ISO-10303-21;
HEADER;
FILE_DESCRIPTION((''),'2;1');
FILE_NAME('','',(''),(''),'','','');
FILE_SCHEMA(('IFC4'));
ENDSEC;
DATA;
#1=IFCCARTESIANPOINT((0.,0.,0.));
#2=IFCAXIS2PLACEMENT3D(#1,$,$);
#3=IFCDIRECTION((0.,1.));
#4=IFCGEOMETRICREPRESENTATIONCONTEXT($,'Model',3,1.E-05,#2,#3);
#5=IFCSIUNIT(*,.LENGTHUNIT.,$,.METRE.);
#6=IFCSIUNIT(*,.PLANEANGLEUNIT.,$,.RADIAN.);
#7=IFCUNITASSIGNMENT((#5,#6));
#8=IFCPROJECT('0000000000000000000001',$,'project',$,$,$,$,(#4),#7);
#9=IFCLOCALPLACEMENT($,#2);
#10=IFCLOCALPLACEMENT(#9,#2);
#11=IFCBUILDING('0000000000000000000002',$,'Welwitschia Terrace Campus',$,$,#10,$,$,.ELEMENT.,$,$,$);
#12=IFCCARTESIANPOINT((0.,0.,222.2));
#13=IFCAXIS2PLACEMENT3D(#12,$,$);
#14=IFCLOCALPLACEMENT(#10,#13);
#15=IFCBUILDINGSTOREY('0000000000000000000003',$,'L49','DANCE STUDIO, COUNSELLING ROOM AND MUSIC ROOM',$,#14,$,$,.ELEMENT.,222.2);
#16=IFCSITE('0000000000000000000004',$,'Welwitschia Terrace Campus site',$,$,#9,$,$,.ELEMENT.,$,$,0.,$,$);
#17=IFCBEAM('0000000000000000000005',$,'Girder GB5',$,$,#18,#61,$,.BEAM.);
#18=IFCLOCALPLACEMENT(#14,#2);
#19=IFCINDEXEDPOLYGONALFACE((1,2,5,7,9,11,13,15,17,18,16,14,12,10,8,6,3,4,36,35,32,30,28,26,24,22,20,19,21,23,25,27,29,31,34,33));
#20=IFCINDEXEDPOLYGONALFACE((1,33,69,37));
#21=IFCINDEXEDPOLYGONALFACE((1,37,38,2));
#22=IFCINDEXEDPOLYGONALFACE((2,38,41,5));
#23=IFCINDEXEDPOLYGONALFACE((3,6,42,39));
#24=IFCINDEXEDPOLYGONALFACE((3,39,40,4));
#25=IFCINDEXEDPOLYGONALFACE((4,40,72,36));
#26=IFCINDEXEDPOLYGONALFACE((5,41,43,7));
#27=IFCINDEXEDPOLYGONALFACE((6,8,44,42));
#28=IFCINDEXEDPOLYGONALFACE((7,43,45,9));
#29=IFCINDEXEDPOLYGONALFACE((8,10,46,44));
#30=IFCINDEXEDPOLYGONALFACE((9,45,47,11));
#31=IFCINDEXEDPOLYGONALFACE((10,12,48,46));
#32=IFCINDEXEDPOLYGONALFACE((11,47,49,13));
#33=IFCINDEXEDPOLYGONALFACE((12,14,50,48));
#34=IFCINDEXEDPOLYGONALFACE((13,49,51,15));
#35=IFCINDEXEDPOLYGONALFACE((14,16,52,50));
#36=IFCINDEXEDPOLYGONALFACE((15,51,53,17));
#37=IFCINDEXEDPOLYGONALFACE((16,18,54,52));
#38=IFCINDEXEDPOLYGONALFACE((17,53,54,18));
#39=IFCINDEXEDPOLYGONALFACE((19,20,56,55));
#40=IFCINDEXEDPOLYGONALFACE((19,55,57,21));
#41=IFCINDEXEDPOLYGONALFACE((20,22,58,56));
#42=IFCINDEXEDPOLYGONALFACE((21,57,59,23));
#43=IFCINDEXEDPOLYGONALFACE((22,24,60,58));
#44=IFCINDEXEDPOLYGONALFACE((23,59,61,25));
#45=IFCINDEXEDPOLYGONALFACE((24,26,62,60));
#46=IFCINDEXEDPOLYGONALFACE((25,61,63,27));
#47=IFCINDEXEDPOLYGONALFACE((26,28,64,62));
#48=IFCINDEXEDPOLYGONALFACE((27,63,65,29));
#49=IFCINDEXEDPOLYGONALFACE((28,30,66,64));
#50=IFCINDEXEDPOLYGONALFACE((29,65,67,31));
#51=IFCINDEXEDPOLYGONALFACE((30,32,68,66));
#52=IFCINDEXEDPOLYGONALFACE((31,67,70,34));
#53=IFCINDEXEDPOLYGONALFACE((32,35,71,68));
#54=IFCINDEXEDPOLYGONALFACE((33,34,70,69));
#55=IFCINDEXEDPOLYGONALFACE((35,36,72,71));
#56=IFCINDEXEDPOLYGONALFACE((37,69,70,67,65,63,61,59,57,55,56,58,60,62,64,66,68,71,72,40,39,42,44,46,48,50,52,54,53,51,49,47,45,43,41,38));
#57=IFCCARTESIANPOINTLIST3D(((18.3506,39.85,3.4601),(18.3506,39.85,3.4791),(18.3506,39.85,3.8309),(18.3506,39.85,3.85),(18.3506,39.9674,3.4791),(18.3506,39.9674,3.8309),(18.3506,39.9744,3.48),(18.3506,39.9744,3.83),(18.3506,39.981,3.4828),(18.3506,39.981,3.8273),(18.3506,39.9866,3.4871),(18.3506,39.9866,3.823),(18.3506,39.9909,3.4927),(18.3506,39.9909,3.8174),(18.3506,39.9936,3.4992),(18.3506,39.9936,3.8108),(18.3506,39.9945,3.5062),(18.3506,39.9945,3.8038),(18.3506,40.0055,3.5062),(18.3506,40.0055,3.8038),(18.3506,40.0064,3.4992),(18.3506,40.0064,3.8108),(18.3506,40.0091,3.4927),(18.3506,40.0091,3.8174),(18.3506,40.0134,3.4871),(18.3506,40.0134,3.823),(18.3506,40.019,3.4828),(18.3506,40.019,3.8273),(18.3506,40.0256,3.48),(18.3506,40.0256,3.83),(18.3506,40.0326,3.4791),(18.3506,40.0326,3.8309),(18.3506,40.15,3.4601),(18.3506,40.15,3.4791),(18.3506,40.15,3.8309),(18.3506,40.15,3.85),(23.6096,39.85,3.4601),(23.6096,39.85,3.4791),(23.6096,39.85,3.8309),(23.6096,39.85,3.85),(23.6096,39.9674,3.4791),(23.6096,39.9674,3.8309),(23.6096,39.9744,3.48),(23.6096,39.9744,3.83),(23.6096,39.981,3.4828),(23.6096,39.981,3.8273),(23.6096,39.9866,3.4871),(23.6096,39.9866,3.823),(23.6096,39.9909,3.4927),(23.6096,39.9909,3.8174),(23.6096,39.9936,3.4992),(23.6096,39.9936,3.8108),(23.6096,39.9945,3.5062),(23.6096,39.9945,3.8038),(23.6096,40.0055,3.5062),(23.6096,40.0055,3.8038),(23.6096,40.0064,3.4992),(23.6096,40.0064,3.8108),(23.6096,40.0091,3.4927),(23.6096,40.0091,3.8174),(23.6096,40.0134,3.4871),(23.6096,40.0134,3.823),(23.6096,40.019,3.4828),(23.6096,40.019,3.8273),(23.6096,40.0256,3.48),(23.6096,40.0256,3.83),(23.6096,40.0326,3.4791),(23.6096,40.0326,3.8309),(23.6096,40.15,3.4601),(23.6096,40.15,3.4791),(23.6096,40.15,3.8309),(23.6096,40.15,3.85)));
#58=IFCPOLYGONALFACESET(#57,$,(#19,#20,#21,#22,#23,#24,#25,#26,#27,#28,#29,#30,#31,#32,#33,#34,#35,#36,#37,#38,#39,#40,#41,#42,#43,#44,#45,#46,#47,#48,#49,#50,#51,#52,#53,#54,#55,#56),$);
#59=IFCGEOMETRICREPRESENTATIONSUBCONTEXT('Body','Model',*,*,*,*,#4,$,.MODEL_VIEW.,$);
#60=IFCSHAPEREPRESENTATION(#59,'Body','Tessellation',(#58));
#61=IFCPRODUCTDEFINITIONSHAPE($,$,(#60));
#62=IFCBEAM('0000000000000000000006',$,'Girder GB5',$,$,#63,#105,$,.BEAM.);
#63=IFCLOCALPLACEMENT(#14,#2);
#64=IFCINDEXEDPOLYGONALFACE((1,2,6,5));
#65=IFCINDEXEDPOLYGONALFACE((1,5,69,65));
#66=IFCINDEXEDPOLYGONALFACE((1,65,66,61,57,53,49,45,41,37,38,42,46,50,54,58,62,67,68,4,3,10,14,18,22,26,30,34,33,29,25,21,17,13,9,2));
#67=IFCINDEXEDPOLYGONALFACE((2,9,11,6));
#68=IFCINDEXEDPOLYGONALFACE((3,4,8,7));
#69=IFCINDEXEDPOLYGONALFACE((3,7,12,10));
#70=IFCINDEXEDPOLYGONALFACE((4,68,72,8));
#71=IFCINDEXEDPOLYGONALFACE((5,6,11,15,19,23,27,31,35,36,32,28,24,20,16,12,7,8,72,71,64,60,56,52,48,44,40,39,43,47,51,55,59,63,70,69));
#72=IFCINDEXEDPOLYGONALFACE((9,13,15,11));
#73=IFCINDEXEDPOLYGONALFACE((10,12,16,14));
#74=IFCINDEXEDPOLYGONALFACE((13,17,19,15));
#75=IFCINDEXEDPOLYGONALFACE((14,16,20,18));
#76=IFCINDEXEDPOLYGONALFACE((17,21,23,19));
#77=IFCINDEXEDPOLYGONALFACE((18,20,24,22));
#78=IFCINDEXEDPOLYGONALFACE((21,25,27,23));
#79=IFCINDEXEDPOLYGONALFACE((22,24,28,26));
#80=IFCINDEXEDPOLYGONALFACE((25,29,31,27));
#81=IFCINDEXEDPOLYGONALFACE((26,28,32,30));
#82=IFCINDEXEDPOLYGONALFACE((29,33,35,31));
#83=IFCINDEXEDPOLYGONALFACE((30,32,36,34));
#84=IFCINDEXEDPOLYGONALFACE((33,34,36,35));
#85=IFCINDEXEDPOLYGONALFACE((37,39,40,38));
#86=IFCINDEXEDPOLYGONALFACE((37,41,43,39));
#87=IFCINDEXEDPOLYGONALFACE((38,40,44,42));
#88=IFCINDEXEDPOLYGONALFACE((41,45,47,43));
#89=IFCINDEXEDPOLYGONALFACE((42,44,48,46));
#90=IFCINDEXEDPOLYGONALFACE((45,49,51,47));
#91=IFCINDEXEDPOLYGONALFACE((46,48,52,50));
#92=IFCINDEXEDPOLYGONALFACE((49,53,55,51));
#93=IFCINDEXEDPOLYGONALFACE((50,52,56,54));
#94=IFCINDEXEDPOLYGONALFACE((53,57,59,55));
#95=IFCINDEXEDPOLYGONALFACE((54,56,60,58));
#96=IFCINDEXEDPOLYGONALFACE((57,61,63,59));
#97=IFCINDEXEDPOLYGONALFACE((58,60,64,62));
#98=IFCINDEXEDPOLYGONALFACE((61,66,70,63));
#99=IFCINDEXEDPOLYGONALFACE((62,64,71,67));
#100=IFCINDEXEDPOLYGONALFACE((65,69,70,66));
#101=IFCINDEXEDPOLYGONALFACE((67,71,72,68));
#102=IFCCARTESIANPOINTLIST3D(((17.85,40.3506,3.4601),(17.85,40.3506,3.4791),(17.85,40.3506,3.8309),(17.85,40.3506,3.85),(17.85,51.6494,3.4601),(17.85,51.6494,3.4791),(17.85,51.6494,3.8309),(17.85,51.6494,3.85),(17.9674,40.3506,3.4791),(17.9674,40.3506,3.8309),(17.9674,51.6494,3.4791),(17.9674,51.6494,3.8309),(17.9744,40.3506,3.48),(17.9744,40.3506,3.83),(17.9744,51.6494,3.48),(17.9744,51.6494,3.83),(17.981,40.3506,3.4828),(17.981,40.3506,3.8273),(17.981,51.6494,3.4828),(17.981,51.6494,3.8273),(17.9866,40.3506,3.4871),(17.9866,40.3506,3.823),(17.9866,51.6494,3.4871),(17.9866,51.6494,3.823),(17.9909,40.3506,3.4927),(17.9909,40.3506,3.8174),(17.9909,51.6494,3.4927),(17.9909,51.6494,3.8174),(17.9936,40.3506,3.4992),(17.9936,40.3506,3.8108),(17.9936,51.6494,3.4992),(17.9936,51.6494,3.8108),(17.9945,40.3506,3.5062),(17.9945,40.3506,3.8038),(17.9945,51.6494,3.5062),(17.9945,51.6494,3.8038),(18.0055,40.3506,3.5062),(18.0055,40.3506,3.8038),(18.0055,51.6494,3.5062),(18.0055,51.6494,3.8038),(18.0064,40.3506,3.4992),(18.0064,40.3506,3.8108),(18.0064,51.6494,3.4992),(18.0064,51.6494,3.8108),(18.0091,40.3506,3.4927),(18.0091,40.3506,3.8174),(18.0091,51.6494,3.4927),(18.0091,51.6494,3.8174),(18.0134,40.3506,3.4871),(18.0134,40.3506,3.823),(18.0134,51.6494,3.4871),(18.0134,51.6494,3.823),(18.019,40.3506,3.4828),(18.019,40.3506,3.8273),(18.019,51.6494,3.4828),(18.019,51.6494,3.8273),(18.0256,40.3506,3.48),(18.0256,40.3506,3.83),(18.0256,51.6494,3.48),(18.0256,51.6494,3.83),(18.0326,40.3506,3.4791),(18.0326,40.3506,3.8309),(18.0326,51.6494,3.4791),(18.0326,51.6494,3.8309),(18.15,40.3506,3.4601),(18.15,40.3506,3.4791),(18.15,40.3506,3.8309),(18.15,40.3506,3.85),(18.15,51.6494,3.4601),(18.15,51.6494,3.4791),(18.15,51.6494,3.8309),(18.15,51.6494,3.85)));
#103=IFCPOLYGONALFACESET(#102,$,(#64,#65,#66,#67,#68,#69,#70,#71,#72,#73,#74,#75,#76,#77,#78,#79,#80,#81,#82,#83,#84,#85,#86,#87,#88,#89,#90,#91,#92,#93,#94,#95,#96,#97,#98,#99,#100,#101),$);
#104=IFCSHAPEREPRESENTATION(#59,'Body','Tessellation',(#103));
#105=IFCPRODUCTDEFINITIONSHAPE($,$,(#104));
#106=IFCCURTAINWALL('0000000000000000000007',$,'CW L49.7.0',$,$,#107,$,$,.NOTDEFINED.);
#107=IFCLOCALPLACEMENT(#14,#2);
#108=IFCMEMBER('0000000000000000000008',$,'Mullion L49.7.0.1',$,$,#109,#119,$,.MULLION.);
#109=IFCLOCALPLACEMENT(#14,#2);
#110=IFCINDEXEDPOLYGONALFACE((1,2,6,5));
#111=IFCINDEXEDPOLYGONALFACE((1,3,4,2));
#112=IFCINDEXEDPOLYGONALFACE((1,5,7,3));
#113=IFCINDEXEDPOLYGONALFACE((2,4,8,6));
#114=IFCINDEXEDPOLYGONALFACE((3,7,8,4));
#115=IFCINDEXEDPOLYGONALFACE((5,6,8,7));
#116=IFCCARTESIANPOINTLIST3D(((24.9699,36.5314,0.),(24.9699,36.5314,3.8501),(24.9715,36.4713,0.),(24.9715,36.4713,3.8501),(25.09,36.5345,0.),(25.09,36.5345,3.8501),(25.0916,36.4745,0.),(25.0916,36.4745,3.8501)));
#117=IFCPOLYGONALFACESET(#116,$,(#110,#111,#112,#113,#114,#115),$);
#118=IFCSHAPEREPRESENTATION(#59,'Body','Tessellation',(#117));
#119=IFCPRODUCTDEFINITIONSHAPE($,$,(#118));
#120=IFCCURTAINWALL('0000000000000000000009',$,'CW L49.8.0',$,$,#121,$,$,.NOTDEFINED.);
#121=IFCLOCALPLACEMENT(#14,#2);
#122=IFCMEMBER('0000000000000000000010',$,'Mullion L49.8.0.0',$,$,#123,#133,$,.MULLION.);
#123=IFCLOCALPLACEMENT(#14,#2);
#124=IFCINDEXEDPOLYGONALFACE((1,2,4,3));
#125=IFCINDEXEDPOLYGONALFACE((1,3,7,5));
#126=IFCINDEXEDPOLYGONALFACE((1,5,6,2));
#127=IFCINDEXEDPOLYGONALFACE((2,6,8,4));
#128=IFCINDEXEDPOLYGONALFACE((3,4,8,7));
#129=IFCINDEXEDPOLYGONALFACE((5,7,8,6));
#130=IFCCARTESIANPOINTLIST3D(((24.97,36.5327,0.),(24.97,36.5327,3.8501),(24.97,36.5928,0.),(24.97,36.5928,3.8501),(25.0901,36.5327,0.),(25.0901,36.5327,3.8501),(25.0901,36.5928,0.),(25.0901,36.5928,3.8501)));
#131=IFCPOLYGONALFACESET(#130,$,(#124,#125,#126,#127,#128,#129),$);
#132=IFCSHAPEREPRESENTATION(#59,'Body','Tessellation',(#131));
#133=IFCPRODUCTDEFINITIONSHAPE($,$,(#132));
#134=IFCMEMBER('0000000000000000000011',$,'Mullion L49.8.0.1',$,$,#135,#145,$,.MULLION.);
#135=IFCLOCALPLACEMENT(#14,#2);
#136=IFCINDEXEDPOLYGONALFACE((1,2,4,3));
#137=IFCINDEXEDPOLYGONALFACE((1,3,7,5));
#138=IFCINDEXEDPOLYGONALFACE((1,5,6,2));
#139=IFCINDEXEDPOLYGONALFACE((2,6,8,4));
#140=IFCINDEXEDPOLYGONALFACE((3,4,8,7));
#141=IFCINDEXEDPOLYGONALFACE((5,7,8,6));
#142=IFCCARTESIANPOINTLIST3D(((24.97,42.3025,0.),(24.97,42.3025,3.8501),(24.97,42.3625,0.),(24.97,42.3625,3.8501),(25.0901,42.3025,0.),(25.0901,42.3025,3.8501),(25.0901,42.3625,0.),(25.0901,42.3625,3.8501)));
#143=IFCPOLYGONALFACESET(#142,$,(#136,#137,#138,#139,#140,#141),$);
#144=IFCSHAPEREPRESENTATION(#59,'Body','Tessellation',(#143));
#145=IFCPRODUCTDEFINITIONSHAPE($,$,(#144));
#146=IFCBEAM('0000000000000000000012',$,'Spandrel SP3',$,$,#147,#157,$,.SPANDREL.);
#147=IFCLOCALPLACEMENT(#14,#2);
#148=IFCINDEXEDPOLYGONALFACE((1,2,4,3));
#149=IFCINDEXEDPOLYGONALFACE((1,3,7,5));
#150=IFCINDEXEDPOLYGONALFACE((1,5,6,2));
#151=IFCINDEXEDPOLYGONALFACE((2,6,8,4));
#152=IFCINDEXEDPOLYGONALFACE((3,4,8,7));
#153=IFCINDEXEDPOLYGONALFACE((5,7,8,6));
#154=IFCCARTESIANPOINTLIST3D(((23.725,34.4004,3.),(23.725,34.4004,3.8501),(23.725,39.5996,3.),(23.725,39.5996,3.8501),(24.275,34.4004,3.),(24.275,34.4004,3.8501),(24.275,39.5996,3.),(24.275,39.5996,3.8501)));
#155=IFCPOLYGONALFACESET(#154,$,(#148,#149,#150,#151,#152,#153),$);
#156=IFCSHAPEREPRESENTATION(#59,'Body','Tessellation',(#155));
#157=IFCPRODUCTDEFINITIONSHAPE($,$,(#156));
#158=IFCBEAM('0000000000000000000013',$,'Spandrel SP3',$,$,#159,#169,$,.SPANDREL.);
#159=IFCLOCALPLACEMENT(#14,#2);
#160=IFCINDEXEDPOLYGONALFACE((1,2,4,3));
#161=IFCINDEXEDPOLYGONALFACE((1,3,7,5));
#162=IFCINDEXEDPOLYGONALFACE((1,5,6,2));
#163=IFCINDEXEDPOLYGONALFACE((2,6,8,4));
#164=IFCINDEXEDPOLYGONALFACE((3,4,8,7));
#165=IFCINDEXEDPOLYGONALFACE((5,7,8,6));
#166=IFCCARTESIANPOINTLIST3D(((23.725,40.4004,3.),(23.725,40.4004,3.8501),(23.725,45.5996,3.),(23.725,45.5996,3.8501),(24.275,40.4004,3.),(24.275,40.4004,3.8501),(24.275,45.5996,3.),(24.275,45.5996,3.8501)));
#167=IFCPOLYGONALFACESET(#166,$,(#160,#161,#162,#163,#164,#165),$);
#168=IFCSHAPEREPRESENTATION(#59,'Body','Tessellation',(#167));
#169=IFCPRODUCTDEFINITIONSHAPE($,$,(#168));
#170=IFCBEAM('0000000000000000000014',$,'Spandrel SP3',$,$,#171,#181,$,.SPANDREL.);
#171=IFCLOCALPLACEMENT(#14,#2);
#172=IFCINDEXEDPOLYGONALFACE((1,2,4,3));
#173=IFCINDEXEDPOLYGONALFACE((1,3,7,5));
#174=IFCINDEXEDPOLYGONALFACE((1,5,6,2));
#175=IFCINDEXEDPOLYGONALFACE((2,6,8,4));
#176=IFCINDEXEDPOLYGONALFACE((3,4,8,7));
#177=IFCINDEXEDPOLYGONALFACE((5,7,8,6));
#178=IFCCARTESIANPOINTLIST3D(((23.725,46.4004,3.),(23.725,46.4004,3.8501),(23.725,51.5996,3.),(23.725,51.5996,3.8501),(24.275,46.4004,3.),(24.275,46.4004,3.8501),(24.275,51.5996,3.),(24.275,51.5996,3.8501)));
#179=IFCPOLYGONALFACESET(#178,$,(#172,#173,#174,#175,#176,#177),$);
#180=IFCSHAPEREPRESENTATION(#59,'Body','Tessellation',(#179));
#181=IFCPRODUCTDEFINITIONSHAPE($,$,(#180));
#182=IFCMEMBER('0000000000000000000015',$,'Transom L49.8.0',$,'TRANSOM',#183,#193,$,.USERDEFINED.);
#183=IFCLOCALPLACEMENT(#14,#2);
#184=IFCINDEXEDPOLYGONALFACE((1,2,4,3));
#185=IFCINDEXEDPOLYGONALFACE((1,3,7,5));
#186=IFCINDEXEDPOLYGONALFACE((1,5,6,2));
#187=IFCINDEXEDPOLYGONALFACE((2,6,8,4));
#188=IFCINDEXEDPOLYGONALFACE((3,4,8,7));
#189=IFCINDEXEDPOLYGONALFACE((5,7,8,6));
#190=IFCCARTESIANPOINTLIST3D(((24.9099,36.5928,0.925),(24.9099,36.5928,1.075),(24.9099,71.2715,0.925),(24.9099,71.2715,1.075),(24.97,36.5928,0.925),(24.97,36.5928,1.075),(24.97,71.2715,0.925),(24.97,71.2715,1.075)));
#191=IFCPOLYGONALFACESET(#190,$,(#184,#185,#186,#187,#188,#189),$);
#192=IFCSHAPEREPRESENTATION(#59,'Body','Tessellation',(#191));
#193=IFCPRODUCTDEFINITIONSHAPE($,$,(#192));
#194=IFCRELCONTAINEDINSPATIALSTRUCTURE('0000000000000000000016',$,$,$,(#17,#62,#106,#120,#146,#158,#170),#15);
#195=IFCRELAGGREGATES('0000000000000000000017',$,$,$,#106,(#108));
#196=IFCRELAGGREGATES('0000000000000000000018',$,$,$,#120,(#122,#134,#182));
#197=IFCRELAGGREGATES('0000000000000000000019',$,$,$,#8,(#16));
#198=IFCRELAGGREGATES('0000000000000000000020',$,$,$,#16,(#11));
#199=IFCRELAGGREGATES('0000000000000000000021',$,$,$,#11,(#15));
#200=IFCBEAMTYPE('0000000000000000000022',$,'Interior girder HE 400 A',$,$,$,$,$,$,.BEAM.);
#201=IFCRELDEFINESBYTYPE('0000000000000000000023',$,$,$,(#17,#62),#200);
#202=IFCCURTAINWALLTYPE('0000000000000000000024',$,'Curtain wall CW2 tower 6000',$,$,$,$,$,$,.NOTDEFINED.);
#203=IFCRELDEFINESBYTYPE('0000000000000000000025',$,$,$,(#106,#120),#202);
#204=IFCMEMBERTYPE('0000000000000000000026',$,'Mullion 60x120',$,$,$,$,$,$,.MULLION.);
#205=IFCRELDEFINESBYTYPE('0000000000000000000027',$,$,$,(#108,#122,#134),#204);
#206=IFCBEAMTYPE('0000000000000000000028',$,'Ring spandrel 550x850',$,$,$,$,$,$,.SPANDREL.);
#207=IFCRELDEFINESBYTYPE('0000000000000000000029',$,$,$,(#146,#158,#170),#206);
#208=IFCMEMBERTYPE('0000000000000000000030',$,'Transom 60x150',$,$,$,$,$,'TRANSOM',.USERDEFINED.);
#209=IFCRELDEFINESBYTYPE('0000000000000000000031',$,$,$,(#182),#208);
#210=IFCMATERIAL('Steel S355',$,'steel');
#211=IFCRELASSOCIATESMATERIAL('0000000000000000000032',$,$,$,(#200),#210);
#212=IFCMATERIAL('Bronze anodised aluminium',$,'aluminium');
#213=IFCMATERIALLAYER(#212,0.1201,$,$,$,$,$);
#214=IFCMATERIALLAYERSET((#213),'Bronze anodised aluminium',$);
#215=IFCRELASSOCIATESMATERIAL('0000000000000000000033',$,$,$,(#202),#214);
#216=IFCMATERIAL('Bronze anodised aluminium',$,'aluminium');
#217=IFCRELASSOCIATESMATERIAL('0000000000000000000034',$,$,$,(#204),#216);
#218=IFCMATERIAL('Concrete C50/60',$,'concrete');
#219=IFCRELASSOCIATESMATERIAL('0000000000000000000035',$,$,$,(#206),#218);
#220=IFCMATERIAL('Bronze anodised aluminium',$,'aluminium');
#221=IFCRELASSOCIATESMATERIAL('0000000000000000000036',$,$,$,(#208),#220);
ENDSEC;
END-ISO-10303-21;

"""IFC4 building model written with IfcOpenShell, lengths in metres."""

from ifc_helpers import new_model, si_unit, direction, frame, origin, origin_2d, place, context, subcontext, project, spatial, rectangle, i_section, extrude, material, layer, layer_set, material_profile, profile_set, type_object, element, aggregate, save


model = new_model("IFC4")

# Units and contexts
model_context = context("Model", 3, precision=1e-05, world=origin(), true_north=direction((0.0, 1.0)))
body_context = subcontext(model_context, "Body", "Model", "MODEL_VIEW")
ifc_project = project(units=[si_unit("LENGTHUNIT", "METRE"), si_unit("PLANEANGLEUNIT", "RADIAN")], contexts=[model_context])

# Site, building, storey
site_placement = place(None, origin())
site = spatial("IfcSite", under=ifc_project, at=site_placement, Name="Welwitschia Terrace Campus site", CompositionType="ELEMENT", RefElevation=0.0)
building_placement = place(site_placement, origin())
building = spatial("IfcBuilding", under=site, at=building_placement, Name="Welwitschia Terrace Campus", CompositionType="ELEMENT")
storey_placement = place(building_placement, frame((0.0, 0.0, 222.2)))
storey = spatial("IfcBuildingStorey", under=building, at=storey_placement, Name="L49", Description="DANCE STUDIO, COUNSELLING ROOM AND MUSIC ROOM", CompositionType="ELEMENT", Elevation=222.2)

# Beams
ifc_material_1 = material(Name="Steel S355", Category="steel")
ifc_material_profile_1 = material_profile(ifc_material_1, i_section(OverallWidth=0.3, OverallDepth=0.3899, WebThickness=0.011, FlangeThickness=0.019, FilletRadius=0.0271, at=origin_2d()))
ifc_profile_set_1 = profile_set([ifc_material_profile_1], Name="Steel S355")
beam_type_1 = type_object("IfcBeamType", Name="Interior girder HE 400 A", PredefinedType="BEAM", material=ifc_profile_set_1)
beam_1_placement = place(storey_placement, frame((18.3506, 40.0, 3.655), z_axis=(1.0, 0.0, 0.0), x_axis=(0.0, 1.0, 0.0)))
element("IfcBeam", 1, at=beam_1_placement, inside=storey, type_object=beam_type_1, Name="Girder GB5", PredefinedType="BEAM", context=body_context, shape_type="SweptSolid", body=[
    extrude(i_section(OverallWidth=0.3, OverallDepth=0.3899, WebThickness=0.011, FlangeThickness=0.019, FilletRadius=0.0271, at=origin_2d()), origin(), (0.0, 0.0, 1.0), 5.259),
])
beam_2_placement = place(storey_placement, frame((18.0, 40.3506, 3.655), z_axis=(0.0, 1.0, 0.0), x_axis=(-1.0, 0.0, 0.0)))
element("IfcBeam", 2, at=beam_2_placement, inside=storey, type_object=beam_type_1, Name="Girder GB5", PredefinedType="BEAM", context=body_context, shape_type="SweptSolid", body=[
    extrude(i_section(OverallWidth=0.3, OverallDepth=0.3899, WebThickness=0.011, FlangeThickness=0.019, FilletRadius=0.0271, at=origin_2d()), origin(), (0.0, 0.0, 1.0), 11.2988),
])

# Curtain wall, member
ifc_material_2 = material(Name="Bronze anodised aluminium", Category="aluminium")
ifc_layer_1 = layer(ifc_material_2, 0.1201)
ifc_layer_set_1 = layer_set([ifc_layer_1], Name="Bronze anodised aluminium")
curtain_wall_type = type_object("IfcCurtainWallType", Name="Curtain wall CW2 tower 6000", PredefinedType="NOTDEFINED", material=ifc_layer_set_1)
curtain_wall_1_placement = place(storey_placement, origin())
curtain_wall_1 = element("IfcCurtainWall", 3, at=curtain_wall_1_placement, inside=storey, type_object=curtain_wall_type, Name="CW L49.7.0", PredefinedType="NOTDEFINED")
ifc_material_3 = material(Name="Bronze anodised aluminium", Category="aluminium")
ifc_material_profile_2 = material_profile(ifc_material_3, rectangle(XDim=0.1201, YDim=0.0601, at=origin_2d()))
ifc_profile_set_2 = profile_set([ifc_material_profile_2], Name="Bronze anodised aluminium")
member_type_1 = type_object("IfcMemberType", Name="Mullion 60x120", PredefinedType="MULLION", material=ifc_profile_set_2)
member_1_placement = place(storey_placement, frame((25.0308, 36.5029, 0.0), z_axis=(0.0, 0.0, 1.0), x_axis=(-0.999657, -0.026177, 0.0)))
member_1 = element("IfcMember", 4, at=member_1_placement, type_object=member_type_1, Name="Mullion L49.7.0.1", PredefinedType="MULLION", context=body_context, shape_type="SweptSolid", body=[
    extrude(rectangle(XDim=0.1201, YDim=0.0601, at=origin_2d()), origin(), (0.0, 0.0, 1.0), 3.8501),
])
aggregate(curtain_wall_1, [member_1])

# Curtain wall, members
curtain_wall_2_placement = place(storey_placement, origin())
curtain_wall_2 = element("IfcCurtainWall", 5, at=curtain_wall_2_placement, inside=storey, type_object=curtain_wall_type, Name="CW L49.8.0", PredefinedType="NOTDEFINED")
member_2_placement = place(storey_placement, frame((25.03, 36.5627, 0.0), z_axis=(0.0, 0.0, 1.0), x_axis=(-1.0, 0.0, 0.0)))
member_2 = element("IfcMember", 6, at=member_2_placement, type_object=member_type_1, Name="Mullion L49.8.0.0", PredefinedType="MULLION", context=body_context, shape_type="SweptSolid", body=[
    extrude(rectangle(XDim=0.1201, YDim=0.0601, at=origin_2d()), origin(), (0.0, 0.0, 1.0), 3.8501),
])
member_3_placement = place(storey_placement, frame((25.03, 42.3325, 0.0), z_axis=(0.0, 0.0, 1.0), x_axis=(-1.0, 0.0, 0.0)))
member_3 = element("IfcMember", 7, at=member_3_placement, type_object=member_type_1, Name="Mullion L49.8.0.1", PredefinedType="MULLION", context=body_context, shape_type="SweptSolid", body=[
    extrude(rectangle(XDim=0.1201, YDim=0.0601, at=origin_2d()), origin(), (0.0, 0.0, 1.0), 3.8501),
])

# Beams
ifc_material_4 = material(Name="Concrete C50/60", Category="concrete")
ifc_material_profile_3 = material_profile(ifc_material_4, rectangle(XDim=0.55, YDim=0.8501, at=origin_2d()))
ifc_profile_set_3 = profile_set([ifc_material_profile_3], Name="Concrete C50/60")
beam_type_2 = type_object("IfcBeamType", Name="Ring spandrel 550x850", PredefinedType="SPANDREL", material=ifc_profile_set_3)
for number, where, z_axis, x_axis, name in (
    (8, (24.0, 34.4004, 3.425), (0.0, 1.0, 0.0), (-1.0, 0.0, 0.0), "Spandrel SP3"),
    (9, (24.0, 40.4004, 3.425), (0.0, 1.0, 0.0), (-1.0, 0.0, 0.0), "Spandrel SP3"),
    (10, (24.0, 46.4004, 3.425), (0.0, 1.0, 0.0), (-1.0, 0.0, 0.0), "Spandrel SP3"),
):
    element("IfcBeam", number, at=place(storey_placement, frame(where, z_axis=z_axis, x_axis=x_axis)), inside=storey, type_object=beam_type_2, Name=name, PredefinedType="SPANDREL", context=body_context, shape_type="SweptSolid", body=[
        extrude(rectangle(XDim=0.55, YDim=0.8501, at=origin_2d()), origin(), (0.0, 0.0, 1.0), 5.1992),
    ])

# Member
ifc_material_5 = material(Name="Bronze anodised aluminium", Category="aluminium")
ifc_material_profile_4 = material_profile(ifc_material_5, rectangle(XDim=0.0601, YDim=0.1499, at=origin_2d()))
ifc_profile_set_4 = profile_set([ifc_material_profile_4], Name="Bronze anodised aluminium")
member_type_2 = type_object("IfcMemberType", Name="Transom 60x150", ElementType="TRANSOM", PredefinedType="USERDEFINED", material=ifc_profile_set_4)
member_4_placement = place(storey_placement, frame((24.9399, 36.5928, 1.0), z_axis=(0.0, 1.0, 0.0), x_axis=(-1.0, 0.0, 0.0)))
member_4 = element("IfcMember", 11, at=member_4_placement, type_object=member_type_2, Name="Transom L49.8.0", ObjectType="TRANSOM", PredefinedType="USERDEFINED", context=body_context, shape_type="SweptSolid", body=[
    extrude(rectangle(XDim=0.0601, YDim=0.1499, at=origin_2d()), origin(), (0.0, 0.0, 1.0), 34.6787),
])

aggregate(curtain_wall_2, [member_2, member_3, member_4])

save(model, "model.ifc")
